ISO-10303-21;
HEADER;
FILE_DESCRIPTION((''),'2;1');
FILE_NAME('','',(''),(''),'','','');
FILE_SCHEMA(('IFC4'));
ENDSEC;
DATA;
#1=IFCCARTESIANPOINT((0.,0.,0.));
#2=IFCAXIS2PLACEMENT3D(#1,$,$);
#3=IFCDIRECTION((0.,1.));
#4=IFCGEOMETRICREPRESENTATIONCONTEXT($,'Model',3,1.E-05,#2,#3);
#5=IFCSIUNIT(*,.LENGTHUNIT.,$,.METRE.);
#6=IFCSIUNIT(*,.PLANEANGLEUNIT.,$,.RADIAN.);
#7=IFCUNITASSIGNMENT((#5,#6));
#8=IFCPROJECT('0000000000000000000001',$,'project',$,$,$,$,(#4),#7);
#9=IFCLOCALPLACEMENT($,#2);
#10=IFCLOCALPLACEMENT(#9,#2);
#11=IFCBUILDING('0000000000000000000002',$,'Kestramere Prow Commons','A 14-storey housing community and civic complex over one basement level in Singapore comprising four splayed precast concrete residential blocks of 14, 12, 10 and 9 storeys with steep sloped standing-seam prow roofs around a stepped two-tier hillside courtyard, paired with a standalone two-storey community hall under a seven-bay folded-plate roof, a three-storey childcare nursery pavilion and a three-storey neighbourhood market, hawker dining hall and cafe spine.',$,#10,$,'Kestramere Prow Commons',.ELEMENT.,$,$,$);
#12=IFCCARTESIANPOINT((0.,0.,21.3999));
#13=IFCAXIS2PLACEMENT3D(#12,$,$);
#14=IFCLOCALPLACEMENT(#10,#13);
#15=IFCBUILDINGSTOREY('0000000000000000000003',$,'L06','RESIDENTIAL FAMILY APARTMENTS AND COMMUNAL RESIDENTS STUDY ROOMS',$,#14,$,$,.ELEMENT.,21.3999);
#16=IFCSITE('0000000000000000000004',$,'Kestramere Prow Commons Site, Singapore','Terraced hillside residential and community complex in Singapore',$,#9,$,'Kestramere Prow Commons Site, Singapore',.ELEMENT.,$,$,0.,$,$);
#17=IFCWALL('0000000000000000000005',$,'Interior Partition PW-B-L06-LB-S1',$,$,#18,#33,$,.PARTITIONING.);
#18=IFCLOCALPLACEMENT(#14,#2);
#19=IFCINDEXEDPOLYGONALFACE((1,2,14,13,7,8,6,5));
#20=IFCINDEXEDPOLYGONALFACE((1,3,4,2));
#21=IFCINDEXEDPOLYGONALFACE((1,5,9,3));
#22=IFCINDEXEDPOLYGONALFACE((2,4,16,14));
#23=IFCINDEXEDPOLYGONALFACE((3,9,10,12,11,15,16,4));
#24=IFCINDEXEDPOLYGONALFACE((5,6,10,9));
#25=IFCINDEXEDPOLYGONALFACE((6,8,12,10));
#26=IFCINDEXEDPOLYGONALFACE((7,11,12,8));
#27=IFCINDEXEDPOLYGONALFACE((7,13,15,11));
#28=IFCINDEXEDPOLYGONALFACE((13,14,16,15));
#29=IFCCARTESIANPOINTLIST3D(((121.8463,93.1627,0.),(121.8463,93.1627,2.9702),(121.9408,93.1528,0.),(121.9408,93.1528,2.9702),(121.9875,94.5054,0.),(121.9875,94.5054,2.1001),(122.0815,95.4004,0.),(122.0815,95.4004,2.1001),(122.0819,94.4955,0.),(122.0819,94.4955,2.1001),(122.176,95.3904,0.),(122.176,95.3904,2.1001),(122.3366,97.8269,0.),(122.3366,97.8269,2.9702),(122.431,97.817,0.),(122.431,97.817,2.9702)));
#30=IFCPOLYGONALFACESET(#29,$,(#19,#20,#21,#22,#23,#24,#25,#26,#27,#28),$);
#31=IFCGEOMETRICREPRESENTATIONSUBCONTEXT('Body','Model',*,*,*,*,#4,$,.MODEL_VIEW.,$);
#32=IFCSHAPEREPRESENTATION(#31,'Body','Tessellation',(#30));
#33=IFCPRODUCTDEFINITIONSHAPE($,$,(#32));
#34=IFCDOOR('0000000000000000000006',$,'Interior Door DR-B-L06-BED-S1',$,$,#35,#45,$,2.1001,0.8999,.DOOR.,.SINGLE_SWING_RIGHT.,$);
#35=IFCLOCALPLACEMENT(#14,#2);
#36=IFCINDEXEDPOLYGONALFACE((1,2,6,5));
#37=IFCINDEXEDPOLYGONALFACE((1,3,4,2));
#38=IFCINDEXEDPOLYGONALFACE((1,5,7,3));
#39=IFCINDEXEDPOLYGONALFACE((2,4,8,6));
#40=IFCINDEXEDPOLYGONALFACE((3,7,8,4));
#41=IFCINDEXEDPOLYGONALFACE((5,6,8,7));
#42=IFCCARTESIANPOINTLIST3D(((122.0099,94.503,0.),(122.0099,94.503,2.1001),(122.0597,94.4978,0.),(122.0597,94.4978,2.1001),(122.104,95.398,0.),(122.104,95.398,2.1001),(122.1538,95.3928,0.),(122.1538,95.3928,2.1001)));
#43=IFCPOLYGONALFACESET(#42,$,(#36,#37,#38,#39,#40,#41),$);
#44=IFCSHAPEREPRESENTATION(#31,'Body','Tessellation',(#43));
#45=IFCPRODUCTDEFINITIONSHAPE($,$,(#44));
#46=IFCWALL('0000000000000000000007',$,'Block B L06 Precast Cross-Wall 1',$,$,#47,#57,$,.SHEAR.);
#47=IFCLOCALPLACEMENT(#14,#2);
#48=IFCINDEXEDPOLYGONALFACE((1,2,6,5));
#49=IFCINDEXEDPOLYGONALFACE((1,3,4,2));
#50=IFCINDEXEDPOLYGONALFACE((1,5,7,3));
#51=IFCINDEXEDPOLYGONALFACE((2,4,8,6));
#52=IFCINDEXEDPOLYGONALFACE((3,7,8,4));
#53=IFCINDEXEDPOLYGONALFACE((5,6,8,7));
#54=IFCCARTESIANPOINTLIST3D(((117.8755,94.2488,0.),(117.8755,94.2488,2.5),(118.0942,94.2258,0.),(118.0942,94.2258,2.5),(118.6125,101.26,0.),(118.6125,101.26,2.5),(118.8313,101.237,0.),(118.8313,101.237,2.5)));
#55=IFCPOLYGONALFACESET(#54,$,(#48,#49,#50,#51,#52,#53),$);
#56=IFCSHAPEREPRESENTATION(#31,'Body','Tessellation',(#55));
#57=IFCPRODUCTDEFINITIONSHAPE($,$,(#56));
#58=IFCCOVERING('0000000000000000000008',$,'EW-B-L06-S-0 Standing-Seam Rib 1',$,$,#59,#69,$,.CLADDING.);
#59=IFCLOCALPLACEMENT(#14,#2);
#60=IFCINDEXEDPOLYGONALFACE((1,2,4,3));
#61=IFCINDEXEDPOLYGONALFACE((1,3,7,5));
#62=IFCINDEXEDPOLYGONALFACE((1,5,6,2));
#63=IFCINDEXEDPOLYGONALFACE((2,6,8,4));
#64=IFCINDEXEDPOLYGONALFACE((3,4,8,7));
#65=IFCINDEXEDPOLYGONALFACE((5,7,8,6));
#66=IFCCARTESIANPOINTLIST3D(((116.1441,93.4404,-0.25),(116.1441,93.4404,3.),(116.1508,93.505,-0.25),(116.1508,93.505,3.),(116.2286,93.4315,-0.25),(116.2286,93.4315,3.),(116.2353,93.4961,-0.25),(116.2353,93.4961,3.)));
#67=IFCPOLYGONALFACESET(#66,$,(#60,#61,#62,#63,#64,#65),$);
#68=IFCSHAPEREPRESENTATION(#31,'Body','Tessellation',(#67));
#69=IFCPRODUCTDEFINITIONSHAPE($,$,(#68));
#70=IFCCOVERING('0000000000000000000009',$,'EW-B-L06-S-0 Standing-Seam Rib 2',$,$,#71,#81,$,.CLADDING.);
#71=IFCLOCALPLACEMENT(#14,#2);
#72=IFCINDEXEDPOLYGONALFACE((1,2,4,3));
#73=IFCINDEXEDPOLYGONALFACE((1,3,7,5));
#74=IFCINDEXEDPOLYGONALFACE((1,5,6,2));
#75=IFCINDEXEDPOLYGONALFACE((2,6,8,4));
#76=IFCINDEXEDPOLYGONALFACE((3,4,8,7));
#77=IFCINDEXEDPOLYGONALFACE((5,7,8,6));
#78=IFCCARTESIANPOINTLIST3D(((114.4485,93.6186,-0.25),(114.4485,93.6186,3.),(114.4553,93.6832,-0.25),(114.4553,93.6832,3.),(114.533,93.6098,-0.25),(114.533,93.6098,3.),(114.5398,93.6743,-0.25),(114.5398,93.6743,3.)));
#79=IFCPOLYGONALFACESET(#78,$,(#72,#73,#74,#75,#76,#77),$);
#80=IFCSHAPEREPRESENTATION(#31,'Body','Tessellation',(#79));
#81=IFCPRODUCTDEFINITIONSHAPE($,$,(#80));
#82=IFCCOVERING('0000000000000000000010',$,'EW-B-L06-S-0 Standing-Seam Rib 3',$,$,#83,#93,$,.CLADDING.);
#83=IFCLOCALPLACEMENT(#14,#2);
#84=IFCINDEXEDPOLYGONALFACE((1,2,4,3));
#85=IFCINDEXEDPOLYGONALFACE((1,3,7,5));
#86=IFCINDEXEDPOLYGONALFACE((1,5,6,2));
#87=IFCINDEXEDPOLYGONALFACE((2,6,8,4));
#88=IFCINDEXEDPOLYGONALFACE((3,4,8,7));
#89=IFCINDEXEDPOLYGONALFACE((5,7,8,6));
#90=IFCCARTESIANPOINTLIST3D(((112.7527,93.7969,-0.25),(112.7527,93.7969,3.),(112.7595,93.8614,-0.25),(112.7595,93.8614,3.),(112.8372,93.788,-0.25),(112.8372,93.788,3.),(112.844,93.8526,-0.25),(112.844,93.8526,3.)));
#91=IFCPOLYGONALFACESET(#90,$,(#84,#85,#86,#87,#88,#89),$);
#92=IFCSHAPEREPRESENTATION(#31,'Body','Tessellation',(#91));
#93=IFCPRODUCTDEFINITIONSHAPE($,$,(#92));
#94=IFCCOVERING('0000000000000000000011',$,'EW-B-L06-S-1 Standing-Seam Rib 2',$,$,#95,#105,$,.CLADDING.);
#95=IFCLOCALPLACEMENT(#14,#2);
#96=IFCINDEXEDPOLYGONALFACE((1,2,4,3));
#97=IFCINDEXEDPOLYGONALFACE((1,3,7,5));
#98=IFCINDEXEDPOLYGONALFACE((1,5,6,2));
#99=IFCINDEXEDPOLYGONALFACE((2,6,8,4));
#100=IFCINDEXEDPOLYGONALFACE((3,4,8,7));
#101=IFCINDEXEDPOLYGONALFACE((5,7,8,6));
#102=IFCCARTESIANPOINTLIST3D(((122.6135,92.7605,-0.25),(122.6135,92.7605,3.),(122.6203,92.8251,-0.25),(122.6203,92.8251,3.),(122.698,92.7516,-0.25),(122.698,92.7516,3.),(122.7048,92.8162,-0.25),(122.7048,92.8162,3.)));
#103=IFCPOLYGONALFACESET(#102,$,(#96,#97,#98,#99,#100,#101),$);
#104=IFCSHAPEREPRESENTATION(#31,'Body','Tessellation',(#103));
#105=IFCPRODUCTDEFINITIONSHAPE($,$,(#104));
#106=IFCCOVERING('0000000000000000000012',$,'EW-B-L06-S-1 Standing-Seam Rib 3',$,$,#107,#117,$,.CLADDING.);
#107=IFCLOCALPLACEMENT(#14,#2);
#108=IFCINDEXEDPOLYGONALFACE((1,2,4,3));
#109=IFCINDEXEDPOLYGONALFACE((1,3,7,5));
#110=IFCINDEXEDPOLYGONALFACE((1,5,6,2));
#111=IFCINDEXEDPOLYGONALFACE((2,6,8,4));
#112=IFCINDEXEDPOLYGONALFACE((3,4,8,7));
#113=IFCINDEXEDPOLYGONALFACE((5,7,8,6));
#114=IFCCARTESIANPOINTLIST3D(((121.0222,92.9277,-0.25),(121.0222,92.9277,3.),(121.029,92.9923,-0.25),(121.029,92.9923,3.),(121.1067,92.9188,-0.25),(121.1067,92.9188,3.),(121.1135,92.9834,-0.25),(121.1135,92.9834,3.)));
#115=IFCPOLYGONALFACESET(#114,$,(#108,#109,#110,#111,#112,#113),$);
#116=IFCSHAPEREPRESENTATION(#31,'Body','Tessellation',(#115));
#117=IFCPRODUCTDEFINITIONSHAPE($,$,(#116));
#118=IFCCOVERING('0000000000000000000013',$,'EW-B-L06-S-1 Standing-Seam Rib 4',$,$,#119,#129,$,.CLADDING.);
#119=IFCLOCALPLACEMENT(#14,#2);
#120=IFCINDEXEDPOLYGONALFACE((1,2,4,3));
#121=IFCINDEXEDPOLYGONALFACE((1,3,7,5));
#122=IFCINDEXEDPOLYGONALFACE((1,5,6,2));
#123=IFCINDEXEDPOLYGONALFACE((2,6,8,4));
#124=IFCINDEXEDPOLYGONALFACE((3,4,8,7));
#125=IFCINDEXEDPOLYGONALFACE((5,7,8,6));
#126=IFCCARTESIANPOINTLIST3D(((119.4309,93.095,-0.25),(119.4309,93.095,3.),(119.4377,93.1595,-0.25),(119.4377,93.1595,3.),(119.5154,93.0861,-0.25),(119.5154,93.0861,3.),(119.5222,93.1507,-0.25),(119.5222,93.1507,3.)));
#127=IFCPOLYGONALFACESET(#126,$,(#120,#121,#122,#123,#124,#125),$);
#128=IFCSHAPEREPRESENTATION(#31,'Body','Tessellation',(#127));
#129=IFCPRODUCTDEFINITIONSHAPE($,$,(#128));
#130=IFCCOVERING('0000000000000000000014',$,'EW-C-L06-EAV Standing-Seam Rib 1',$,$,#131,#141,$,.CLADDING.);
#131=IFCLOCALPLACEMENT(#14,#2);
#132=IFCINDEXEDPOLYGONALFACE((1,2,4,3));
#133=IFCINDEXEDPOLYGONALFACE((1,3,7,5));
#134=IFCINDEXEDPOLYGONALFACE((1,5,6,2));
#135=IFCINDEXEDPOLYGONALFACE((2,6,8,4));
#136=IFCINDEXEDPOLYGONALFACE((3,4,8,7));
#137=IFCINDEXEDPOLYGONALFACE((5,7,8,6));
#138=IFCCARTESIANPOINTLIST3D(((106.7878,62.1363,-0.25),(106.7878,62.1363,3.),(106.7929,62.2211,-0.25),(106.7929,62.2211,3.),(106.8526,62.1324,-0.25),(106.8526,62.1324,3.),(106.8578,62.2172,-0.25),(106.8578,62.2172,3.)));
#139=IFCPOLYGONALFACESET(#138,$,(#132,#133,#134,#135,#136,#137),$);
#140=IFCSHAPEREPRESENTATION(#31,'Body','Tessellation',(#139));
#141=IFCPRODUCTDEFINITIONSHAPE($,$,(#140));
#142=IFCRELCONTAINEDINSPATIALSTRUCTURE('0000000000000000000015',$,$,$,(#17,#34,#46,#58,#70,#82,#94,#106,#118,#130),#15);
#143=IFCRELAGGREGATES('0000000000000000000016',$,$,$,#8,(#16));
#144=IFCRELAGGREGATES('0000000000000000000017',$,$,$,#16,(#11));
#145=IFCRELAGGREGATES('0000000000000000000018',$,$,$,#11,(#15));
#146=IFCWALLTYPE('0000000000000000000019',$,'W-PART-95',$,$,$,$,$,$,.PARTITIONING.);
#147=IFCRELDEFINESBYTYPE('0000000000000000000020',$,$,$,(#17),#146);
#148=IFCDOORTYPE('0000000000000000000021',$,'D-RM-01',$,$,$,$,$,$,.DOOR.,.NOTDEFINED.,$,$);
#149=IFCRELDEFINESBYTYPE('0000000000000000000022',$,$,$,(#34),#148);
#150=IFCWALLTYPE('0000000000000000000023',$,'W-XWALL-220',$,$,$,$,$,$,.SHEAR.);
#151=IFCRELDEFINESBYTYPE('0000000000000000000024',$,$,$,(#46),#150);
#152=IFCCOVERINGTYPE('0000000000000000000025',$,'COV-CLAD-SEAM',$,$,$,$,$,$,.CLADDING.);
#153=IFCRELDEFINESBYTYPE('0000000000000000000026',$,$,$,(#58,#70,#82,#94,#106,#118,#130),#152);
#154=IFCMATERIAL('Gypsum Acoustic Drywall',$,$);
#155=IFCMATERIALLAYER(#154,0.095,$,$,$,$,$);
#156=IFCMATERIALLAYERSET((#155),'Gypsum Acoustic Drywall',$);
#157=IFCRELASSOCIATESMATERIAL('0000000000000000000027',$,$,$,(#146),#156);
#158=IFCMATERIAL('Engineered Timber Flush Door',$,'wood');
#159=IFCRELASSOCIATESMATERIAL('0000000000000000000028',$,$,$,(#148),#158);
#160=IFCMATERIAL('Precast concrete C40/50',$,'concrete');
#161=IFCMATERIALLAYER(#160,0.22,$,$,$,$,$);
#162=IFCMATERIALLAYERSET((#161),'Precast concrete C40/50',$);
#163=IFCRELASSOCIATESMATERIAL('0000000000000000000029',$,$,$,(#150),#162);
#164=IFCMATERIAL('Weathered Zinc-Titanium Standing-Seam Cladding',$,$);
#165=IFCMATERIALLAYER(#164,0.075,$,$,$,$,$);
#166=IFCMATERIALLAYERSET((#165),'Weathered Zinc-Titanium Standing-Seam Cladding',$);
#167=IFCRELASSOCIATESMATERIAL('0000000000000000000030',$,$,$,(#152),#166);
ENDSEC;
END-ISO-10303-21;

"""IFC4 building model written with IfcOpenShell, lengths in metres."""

from ifc_helpers import new_model, si_unit, direction, frame, frame_2d, origin, origin_2d, place, context, subcontext, project, spatial, rectangle, extrude, material, layer, layer_set, type_object, element, fill, save


model = new_model("IFC4")

# Units and contexts
model_context = context("Model", 3, precision=1e-05, world=origin(), true_north=direction((0.0, 1.0)))
body_context = subcontext(model_context, "Body", "Model", "MODEL_VIEW")
ifc_project = project(units=[si_unit("LENGTHUNIT", "METRE"), si_unit("PLANEANGLEUNIT", "RADIAN")], contexts=[model_context])

# Site, building, storey
site_placement = place(None, origin())
site = spatial("IfcSite", under=ifc_project, at=site_placement, Name="Kestramere Prow Commons Site, Singapore", Description="Terraced hillside residential and community complex in Singapore", LongName="Kestramere Prow Commons Site, Singapore", CompositionType="ELEMENT", RefElevation=0.0)
building_placement = place(site_placement, origin())
building = spatial("IfcBuilding", under=site, at=building_placement, Name="Kestramere Prow Commons", Description="A 14-storey housing community and civic complex over one basement level in Singapore comprising four splayed precast concrete residential blocks of 14, 12, 10 and 9 storeys with steep sloped standing-seam prow roofs around a stepped two-tier hillside courtyard, paired with a standalone two-storey community hall under a seven-bay folded-plate roof, a three-storey childcare nursery pavilion and a three-storey neighbourhood market, hawker dining hall and cafe spine.", LongName="Kestramere Prow Commons", CompositionType="ELEMENT")
storey_placement = place(building_placement, frame((0.0, 0.0, 21.3999)))
storey = spatial("IfcBuildingStorey", under=building, at=storey_placement, Name="L06", Description="RESIDENTIAL FAMILY APARTMENTS AND COMMUNAL RESIDENTS STUDY ROOMS", CompositionType="ELEMENT", Elevation=21.3999)

# Shared definitions
ifc_material_1 = material(Name="Precast concrete C40/50", Category="concrete")

# Wall, opening, door
ifc_material_2 = material(Name="Gypsum Acoustic Drywall")
ifc_layer_1 = layer(ifc_material_2, 0.095)
ifc_layer_set_1 = layer_set([ifc_layer_1], Name="Gypsum Acoustic Drywall")
wall_type_1 = type_object("IfcWallType", Name="W-PART-95", PredefinedType="PARTITIONING", material=ifc_layer_set_1)
wall_1_placement = place(storey_placement, frame((121.8936, 93.1577, 0.0), z_axis=(0.0, 0.0, 1.0), x_axis=(0.104528, 0.994522, 0.0)))
wall_1 = element("IfcWall", 1, at=wall_1_placement, inside=storey, type_object=wall_type_1, Name="Interior Partition PW-B-L06-LB-S1", PredefinedType="PARTITIONING", context=body_context, shape_type="SweptSolid", body=[
    extrude(rectangle(XDim=4.6899, YDim=0.095, at=frame_2d((2.345, 0.0))), origin(), (0.0, 0.0, 1.0), 2.9702),
])
opening_1_placement = place(wall_1_placement, frame((1.3501, 0.0, 0.0)))
opening_1 = element("IfcOpeningElement", 2, at=opening_1_placement, cuts=wall_1, PredefinedType="OPENING", context=body_context, shape_type="SweptSolid", body=[
    extrude(rectangle(XDim=0.8999, YDim=2.1001, at=frame_2d((0.45, 1.05))), frame((0.0, 0.0625, 0.0), z_axis=(0.0, -1.0, 0.0), x_axis=(1.0, 0.0, 0.0)), (0.0, 0.0, 1.0), 0.125),
])
ifc_material_3 = material(Name="Engineered Timber Flush Door", Category="wood")
door_type_1 = type_object("IfcDoorType", Name="D-RM-01", OperationType="NOTDEFINED", PredefinedType="DOOR", material=ifc_material_3)
door_1_placement = place(opening_1_placement, origin())
door_1 = element("IfcDoor", 3, at=door_1_placement, inside=storey, type_object=door_type_1, Name="Interior Door DR-B-L06-BED-S1", OperationType="SINGLE_SWING_RIGHT", OverallHeight=2.1001, OverallWidth=0.8999, PredefinedType="DOOR", context=body_context, shape_type="SweptSolid", body=[
    extrude(rectangle(XDim=0.8999, YDim=2.1001, at=frame_2d((0.45, 1.05))), frame((0.0, 0.0249, 0.0), z_axis=(0.0, -1.0, 0.0), x_axis=(1.0, 0.0, 0.0)), (0.0, 0.0, 1.0), 0.05),
])
fill(opening_1, door_1)

# Wall
ifc_layer_2 = layer(ifc_material_1, 0.22)
ifc_layer_set_2 = layer_set([ifc_layer_2], Name="Precast concrete C40/50")
wall_type_2 = type_object("IfcWallType", Name="W-XWALL-220", PredefinedType="SHEAR", material=ifc_layer_set_2)
wall_2_placement = place(storey_placement, frame((117.9849, 94.2373, 0.0), z_axis=(0.0, 0.0, 1.0), x_axis=(0.10455, 0.99452, 0.0)))
element("IfcWall", 4, at=wall_2_placement, inside=storey, type_object=wall_type_2, Name="Block B L06 Precast Cross-Wall 1", PredefinedType="SHEAR", context=body_context, shape_type="SweptSolid", body=[
    extrude(rectangle(XDim=7.0498, YDim=0.22, at=frame_2d((3.5249, 0.0))), origin(), (0.0, 0.0, 1.0), 2.5),
])

# Coverings
ifc_material_4 = material(Name="Weathered Zinc-Titanium Standing-Seam Cladding")
ifc_layer_3 = layer(ifc_material_4, 0.075)
ifc_layer_set_3 = layer_set([ifc_layer_3], Name="Weathered Zinc-Titanium Standing-Seam Cladding")
covering_type = type_object("IfcCoveringType", Name="COV-CLAD-SEAM", PredefinedType="CLADDING", material=ifc_layer_set_3)
for number, where, z_axis, x_axis, name in (
    (5, (116.1897, 93.4683, -0.25), (0.0, 0.0, 1.0), (-0.994522, 0.104528, 0.0), "EW-B-L06-S-0 Standing-Seam Rib 1"),
    (6, (114.4941, 93.6465, -0.25), (0.0, 0.0, 1.0), (-0.994522, 0.104528, 0.0), "EW-B-L06-S-0 Standing-Seam Rib 2"),
    (7, (112.7983, 93.8247, -0.25), (0.0, 0.0, 1.0), (-0.994522, 0.104528, 0.0), "EW-B-L06-S-0 Standing-Seam Rib 3"),
    (8, (122.6592, 92.7883, -0.25), (0.0, 0.0, 1.0), (-0.994522, 0.104528, 0.0), "EW-B-L06-S-1 Standing-Seam Rib 2"),
    (9, (121.0679, 92.9556, -0.25), (0.0, 0.0, 1.0), (-0.994522, 0.104528, 0.0), "EW-B-L06-S-1 Standing-Seam Rib 3"),
    (10, (119.4766, 93.1228, -0.25), (0.0, 0.0, 1.0), (-0.994522, 0.104528, 0.0), "EW-B-L06-S-1 Standing-Seam Rib 4"),
    (11, (106.8228, 62.1768, -0.25), (0.0, 0.0, 1.0), (-0.061049, -0.998135, 0.0), "EW-C-L06-EAV Standing-Seam Rib 1"),
):
    element("IfcCovering", number, at=place(storey_placement, frame(where, z_axis=z_axis, x_axis=x_axis)), inside=storey, type_object=covering_type, Name=name, PredefinedType="CLADDING", context=body_context, shape_type="SweptSolid", body=[
        extrude(rectangle(XDim=0.085, YDim=0.0649, at=origin_2d()), origin(), (0.0, 0.0, 1.0), 3.25),
    ])

save(model, "model.ifc")
